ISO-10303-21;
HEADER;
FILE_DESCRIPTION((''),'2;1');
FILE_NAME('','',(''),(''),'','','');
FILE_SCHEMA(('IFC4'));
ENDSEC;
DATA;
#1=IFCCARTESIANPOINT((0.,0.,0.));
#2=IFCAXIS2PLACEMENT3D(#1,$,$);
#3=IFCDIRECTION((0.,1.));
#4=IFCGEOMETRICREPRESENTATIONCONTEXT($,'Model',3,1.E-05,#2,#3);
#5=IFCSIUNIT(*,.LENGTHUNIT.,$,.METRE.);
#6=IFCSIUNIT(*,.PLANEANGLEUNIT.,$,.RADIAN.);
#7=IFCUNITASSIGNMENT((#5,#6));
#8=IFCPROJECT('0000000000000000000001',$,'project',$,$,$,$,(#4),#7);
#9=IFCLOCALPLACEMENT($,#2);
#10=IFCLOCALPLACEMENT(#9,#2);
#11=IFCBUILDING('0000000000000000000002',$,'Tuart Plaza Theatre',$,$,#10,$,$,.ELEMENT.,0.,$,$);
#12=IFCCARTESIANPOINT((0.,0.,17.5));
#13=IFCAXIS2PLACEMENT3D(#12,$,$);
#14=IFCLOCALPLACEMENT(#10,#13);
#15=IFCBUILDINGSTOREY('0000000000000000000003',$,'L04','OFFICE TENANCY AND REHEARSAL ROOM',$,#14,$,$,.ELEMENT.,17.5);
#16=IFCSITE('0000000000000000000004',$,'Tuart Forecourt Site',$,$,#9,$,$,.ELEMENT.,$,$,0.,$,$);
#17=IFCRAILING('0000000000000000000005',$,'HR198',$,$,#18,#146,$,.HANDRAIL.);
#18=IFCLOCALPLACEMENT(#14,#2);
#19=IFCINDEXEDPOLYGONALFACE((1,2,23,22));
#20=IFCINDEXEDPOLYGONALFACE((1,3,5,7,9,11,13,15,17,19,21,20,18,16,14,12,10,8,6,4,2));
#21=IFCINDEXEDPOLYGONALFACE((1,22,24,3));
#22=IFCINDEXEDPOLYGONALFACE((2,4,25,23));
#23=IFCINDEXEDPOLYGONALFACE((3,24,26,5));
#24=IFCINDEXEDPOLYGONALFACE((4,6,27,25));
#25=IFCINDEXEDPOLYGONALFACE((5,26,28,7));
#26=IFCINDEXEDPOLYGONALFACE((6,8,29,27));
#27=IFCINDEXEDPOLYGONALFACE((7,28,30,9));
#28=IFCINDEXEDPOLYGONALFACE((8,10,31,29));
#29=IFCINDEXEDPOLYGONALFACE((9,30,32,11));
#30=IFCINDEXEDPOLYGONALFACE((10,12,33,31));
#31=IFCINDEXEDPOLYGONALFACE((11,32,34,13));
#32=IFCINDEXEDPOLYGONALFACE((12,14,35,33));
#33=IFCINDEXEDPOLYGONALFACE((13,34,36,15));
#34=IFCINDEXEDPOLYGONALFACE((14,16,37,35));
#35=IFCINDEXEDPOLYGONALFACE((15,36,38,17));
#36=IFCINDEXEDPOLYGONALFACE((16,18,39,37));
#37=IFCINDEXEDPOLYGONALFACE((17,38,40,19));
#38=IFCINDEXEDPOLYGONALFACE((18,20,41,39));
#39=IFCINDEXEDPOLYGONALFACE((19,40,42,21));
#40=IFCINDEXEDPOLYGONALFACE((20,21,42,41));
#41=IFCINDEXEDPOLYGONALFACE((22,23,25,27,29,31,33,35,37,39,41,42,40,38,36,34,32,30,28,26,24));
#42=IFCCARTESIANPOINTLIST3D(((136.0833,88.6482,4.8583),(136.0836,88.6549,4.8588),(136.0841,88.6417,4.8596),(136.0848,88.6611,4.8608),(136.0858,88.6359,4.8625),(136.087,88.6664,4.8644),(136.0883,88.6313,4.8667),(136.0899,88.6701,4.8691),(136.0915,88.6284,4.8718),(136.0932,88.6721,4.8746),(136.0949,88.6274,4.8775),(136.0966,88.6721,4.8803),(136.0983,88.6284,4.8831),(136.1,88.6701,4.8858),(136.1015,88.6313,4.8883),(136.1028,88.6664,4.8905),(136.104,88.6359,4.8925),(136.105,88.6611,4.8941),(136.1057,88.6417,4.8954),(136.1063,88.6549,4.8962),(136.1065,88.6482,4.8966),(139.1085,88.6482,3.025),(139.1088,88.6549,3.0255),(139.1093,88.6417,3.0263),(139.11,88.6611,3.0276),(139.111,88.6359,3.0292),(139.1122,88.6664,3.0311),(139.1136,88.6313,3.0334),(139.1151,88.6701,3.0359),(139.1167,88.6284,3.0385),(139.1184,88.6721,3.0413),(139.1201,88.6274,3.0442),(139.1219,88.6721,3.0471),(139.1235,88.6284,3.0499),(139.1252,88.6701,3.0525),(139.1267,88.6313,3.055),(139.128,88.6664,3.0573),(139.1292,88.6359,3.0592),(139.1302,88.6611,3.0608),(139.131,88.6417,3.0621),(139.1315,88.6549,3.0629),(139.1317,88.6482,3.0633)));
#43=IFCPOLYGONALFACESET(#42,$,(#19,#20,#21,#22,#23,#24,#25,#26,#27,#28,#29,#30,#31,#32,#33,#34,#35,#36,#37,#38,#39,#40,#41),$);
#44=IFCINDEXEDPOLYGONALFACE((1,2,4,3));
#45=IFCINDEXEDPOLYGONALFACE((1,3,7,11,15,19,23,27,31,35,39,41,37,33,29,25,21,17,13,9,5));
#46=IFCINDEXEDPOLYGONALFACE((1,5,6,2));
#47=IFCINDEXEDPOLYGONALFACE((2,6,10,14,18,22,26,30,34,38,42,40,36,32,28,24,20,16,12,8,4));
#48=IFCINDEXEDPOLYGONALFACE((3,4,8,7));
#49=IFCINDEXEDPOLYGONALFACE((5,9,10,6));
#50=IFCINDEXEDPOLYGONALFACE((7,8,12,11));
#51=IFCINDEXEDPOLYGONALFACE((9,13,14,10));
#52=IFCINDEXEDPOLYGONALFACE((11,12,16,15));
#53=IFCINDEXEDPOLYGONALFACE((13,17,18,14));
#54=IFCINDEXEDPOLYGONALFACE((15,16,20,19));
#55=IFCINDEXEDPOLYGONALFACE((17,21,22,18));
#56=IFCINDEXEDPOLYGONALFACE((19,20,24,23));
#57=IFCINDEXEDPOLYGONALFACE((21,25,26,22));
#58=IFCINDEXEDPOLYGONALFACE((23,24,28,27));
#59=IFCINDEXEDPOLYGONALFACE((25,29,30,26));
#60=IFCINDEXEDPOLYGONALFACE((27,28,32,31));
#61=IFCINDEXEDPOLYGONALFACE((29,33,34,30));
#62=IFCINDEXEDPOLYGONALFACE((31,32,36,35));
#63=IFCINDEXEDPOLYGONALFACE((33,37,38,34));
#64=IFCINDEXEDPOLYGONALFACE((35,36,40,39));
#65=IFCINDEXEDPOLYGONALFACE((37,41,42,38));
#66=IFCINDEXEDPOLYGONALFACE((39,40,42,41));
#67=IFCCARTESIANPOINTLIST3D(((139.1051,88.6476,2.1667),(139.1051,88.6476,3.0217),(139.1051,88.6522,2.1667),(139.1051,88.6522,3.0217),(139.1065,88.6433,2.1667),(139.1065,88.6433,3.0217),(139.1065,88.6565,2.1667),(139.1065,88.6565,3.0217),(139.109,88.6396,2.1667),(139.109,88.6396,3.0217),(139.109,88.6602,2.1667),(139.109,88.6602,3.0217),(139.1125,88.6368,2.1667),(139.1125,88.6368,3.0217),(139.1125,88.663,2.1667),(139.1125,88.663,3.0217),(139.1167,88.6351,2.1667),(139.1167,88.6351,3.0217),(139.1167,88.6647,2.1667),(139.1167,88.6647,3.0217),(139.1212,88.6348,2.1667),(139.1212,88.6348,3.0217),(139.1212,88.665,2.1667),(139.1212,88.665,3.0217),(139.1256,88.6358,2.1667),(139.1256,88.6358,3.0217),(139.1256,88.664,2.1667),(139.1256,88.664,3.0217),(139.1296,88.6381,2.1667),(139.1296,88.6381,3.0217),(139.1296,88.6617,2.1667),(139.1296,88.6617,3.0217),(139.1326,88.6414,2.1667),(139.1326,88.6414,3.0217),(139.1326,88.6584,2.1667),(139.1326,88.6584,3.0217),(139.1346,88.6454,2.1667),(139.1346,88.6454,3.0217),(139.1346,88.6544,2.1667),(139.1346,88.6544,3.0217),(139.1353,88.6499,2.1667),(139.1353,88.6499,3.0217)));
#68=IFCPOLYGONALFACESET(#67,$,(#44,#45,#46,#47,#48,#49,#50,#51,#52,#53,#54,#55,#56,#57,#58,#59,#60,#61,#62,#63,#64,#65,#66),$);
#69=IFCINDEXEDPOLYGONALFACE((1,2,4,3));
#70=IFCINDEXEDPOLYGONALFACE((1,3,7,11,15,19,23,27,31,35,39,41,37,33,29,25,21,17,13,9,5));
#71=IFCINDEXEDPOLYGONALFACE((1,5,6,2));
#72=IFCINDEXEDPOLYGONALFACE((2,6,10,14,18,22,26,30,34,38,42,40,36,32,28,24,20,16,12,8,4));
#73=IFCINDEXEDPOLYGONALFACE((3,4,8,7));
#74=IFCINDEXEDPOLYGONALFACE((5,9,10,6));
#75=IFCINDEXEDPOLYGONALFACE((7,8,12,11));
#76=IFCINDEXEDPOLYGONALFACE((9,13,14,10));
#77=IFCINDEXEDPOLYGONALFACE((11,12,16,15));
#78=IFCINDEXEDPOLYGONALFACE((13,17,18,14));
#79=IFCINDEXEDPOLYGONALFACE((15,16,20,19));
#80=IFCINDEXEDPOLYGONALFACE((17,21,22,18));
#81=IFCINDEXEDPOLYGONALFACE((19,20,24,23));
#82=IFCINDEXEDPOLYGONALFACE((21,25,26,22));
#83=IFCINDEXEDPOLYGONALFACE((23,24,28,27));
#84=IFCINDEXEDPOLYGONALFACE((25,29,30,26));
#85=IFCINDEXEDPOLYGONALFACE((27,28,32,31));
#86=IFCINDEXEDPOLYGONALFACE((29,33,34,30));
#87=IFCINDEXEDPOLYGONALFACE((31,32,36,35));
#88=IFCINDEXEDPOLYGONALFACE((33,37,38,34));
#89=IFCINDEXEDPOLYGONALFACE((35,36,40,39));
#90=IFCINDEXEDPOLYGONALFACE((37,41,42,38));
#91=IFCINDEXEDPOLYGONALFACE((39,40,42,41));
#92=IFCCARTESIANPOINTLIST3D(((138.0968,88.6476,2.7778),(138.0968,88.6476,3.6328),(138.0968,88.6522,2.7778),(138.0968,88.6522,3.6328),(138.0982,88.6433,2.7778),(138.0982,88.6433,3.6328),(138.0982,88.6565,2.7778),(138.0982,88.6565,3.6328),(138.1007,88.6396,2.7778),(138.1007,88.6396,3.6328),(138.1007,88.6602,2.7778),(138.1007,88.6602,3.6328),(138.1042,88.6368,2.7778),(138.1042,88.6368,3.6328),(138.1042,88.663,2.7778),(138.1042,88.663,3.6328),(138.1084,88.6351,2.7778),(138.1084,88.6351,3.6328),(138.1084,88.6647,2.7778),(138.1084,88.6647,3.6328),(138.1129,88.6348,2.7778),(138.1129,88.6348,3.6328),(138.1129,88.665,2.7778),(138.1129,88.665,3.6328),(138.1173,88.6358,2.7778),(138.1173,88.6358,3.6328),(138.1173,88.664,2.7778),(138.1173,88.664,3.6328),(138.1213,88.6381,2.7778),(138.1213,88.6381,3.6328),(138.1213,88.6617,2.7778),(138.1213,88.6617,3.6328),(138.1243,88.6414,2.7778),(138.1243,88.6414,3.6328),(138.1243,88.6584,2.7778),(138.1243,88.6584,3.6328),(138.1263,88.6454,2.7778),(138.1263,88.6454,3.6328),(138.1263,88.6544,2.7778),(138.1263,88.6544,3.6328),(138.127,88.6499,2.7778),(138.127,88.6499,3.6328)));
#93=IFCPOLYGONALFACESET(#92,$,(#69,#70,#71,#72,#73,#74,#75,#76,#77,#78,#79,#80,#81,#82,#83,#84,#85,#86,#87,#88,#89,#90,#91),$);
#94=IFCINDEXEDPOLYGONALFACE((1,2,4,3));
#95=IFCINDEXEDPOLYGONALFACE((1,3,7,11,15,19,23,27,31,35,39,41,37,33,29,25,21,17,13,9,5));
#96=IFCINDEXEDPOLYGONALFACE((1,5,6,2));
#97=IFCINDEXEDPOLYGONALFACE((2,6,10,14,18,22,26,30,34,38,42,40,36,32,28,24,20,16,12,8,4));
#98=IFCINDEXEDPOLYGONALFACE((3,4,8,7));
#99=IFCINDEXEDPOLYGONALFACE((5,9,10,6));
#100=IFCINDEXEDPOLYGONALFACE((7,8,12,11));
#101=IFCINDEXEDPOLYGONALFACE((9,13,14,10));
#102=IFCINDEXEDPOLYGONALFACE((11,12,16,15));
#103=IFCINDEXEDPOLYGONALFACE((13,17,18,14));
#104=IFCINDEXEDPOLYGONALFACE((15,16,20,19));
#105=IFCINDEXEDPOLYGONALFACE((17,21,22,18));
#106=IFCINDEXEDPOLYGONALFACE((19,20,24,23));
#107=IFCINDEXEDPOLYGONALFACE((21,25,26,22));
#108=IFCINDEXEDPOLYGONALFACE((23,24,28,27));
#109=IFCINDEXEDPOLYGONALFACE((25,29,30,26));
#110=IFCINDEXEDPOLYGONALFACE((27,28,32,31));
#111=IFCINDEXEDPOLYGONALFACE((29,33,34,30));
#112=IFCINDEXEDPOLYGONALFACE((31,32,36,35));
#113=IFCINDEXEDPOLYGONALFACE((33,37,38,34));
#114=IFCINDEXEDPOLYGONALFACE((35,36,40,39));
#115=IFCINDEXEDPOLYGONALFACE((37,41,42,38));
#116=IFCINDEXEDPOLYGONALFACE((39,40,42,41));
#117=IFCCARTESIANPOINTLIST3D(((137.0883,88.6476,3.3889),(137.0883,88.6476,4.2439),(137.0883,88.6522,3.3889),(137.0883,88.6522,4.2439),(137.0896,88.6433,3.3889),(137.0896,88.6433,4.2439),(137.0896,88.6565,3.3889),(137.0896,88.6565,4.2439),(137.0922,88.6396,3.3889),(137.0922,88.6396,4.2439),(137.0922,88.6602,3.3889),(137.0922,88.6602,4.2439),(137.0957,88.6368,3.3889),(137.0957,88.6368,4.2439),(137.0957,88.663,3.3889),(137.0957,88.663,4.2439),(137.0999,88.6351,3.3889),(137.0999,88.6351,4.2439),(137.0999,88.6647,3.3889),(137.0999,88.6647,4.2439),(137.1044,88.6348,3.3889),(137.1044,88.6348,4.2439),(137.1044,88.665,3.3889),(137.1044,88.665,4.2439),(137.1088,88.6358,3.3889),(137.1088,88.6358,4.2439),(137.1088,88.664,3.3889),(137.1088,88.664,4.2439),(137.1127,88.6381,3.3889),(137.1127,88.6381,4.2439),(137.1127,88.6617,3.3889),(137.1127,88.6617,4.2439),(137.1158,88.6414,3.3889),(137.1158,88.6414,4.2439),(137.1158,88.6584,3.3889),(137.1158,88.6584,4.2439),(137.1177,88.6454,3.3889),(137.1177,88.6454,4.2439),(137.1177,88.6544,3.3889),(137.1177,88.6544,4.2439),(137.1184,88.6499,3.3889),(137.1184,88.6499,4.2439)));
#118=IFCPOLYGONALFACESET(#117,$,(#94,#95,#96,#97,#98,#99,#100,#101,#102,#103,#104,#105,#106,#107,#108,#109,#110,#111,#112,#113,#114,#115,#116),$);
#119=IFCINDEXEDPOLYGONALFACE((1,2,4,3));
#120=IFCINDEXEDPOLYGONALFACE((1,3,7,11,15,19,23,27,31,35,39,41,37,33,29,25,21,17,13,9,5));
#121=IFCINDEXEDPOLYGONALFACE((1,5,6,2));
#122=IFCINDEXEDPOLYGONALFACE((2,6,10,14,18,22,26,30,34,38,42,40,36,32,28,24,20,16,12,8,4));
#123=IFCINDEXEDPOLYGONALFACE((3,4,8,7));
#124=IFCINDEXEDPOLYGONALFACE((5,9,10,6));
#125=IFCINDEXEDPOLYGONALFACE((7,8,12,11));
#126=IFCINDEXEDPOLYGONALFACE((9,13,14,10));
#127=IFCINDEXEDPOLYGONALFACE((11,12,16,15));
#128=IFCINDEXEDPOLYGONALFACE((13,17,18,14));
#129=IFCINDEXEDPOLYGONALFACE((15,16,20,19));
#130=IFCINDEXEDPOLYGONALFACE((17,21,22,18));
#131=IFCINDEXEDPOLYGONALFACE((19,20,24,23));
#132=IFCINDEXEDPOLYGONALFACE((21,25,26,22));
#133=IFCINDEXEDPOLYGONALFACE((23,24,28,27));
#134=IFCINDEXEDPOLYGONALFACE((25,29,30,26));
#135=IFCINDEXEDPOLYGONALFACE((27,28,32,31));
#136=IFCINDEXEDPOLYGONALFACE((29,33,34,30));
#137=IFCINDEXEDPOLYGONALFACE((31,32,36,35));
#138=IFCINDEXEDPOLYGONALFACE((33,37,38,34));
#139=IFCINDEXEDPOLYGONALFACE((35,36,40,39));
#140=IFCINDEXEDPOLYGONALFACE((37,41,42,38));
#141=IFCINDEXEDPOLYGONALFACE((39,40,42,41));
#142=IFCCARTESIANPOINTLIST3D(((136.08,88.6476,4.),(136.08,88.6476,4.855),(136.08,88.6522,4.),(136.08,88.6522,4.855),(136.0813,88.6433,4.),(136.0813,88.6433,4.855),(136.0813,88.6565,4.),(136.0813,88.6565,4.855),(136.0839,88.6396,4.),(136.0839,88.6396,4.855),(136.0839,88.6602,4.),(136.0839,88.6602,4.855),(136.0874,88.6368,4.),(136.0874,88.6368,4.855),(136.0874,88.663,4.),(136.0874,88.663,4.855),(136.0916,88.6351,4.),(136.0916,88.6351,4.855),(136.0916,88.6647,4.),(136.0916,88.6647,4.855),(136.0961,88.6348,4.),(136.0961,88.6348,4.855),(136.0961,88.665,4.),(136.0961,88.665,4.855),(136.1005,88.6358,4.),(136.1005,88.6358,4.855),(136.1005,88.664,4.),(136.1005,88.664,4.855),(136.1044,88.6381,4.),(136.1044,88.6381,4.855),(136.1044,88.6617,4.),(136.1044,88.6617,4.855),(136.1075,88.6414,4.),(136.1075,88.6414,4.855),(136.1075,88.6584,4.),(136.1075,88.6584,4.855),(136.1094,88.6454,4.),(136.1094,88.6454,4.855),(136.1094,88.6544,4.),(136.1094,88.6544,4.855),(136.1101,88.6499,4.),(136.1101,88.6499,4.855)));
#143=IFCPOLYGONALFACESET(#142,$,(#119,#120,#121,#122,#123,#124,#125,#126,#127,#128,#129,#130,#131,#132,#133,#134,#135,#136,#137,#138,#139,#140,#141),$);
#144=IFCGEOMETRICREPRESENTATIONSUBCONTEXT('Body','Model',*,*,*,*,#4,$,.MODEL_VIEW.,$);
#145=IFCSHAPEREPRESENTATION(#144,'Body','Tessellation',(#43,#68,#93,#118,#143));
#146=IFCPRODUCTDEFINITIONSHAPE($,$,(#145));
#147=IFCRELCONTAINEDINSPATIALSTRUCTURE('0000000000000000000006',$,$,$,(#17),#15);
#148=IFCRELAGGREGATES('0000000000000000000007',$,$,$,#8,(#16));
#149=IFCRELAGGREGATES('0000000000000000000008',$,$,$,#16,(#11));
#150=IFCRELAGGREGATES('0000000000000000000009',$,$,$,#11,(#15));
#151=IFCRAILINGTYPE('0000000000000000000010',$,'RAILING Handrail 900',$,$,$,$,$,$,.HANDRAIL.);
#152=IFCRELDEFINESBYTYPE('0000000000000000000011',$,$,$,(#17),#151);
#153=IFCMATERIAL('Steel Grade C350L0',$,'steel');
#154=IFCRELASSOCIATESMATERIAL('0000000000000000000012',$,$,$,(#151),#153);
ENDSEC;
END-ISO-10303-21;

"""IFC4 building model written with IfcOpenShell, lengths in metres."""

from ifc_helpers import new_model, si_unit, direction, frame, origin, origin_2d, place, context, subcontext, project, spatial, circle, extrude, material, type_object, element, save


model = new_model("IFC4")

# Units and contexts
model_context = context("Model", 3, precision=1e-05, world=origin(), true_north=direction((0.0, 1.0)))
body_context = subcontext(model_context, "Body", "Model", "MODEL_VIEW")
ifc_project = project(units=[si_unit("LENGTHUNIT", "METRE"), si_unit("PLANEANGLEUNIT", "RADIAN")], contexts=[model_context])

# Site, building, storey
site_placement = place(None, origin())
site = spatial("IfcSite", under=ifc_project, at=site_placement, Name="Tuart Forecourt Site", CompositionType="ELEMENT", RefElevation=0.0)
building_placement = place(site_placement, origin())
building = spatial("IfcBuilding", under=site, at=building_placement, Name="Tuart Plaza Theatre", CompositionType="ELEMENT", ElevationOfRefHeight=0.0)
storey_placement = place(building_placement, frame((0.0, 0.0, 17.5)))
storey = spatial("IfcBuildingStorey", under=building, at=storey_placement, Name="L04", Description="OFFICE TENANCY AND REHEARSAL ROOM", CompositionType="ELEMENT", Elevation=17.5)

# Railing
ifc_material_1 = material(Name="Steel Grade C350L0", Category="steel")
railing_type_1 = type_object("IfcRailingType", Name="RAILING Handrail 900", PredefinedType="HANDRAIL", material=ifc_material_1)
for number, where, name in (
    (1, (139.1201, 88.6499, 2.1667), "HR198"),
):
    element("IfcRailing", number, at=place(storey_placement, frame(where)), inside=storey, type_object=railing_type_1, Name=name, PredefinedType="HANDRAIL", context=body_context, shape_type="SweptSolid", body=[
        extrude(circle(Radius=0.0225, at=origin_2d()), frame((0.0, 0.0, 0.8774), z_axis=(-0.855219, 0.0, 0.518267), x_axis=(0.0, -1.0, 0.0)), (0.0, 0.0, 1.0), 3.5374),
        extrude(circle(Radius=0.0151, at=origin_2d()), origin(), (0.0, 0.0, 1.0), 0.855),
        extrude(circle(Radius=0.0151, at=origin_2d()), frame((-1.0083, 0.0, 0.6111)), (0.0, 0.0, 1.0), 0.855),
        extrude(circle(Radius=0.0151, at=origin_2d()), frame((-2.0168, 0.0, 1.2222)), (0.0, 0.0, 1.0), 0.855),
        extrude(circle(Radius=0.0151, at=origin_2d()), frame((-3.0251, 0.0, 1.8333)), (0.0, 0.0, 1.0), 0.855),
    ])

save(model, "model.ifc")
